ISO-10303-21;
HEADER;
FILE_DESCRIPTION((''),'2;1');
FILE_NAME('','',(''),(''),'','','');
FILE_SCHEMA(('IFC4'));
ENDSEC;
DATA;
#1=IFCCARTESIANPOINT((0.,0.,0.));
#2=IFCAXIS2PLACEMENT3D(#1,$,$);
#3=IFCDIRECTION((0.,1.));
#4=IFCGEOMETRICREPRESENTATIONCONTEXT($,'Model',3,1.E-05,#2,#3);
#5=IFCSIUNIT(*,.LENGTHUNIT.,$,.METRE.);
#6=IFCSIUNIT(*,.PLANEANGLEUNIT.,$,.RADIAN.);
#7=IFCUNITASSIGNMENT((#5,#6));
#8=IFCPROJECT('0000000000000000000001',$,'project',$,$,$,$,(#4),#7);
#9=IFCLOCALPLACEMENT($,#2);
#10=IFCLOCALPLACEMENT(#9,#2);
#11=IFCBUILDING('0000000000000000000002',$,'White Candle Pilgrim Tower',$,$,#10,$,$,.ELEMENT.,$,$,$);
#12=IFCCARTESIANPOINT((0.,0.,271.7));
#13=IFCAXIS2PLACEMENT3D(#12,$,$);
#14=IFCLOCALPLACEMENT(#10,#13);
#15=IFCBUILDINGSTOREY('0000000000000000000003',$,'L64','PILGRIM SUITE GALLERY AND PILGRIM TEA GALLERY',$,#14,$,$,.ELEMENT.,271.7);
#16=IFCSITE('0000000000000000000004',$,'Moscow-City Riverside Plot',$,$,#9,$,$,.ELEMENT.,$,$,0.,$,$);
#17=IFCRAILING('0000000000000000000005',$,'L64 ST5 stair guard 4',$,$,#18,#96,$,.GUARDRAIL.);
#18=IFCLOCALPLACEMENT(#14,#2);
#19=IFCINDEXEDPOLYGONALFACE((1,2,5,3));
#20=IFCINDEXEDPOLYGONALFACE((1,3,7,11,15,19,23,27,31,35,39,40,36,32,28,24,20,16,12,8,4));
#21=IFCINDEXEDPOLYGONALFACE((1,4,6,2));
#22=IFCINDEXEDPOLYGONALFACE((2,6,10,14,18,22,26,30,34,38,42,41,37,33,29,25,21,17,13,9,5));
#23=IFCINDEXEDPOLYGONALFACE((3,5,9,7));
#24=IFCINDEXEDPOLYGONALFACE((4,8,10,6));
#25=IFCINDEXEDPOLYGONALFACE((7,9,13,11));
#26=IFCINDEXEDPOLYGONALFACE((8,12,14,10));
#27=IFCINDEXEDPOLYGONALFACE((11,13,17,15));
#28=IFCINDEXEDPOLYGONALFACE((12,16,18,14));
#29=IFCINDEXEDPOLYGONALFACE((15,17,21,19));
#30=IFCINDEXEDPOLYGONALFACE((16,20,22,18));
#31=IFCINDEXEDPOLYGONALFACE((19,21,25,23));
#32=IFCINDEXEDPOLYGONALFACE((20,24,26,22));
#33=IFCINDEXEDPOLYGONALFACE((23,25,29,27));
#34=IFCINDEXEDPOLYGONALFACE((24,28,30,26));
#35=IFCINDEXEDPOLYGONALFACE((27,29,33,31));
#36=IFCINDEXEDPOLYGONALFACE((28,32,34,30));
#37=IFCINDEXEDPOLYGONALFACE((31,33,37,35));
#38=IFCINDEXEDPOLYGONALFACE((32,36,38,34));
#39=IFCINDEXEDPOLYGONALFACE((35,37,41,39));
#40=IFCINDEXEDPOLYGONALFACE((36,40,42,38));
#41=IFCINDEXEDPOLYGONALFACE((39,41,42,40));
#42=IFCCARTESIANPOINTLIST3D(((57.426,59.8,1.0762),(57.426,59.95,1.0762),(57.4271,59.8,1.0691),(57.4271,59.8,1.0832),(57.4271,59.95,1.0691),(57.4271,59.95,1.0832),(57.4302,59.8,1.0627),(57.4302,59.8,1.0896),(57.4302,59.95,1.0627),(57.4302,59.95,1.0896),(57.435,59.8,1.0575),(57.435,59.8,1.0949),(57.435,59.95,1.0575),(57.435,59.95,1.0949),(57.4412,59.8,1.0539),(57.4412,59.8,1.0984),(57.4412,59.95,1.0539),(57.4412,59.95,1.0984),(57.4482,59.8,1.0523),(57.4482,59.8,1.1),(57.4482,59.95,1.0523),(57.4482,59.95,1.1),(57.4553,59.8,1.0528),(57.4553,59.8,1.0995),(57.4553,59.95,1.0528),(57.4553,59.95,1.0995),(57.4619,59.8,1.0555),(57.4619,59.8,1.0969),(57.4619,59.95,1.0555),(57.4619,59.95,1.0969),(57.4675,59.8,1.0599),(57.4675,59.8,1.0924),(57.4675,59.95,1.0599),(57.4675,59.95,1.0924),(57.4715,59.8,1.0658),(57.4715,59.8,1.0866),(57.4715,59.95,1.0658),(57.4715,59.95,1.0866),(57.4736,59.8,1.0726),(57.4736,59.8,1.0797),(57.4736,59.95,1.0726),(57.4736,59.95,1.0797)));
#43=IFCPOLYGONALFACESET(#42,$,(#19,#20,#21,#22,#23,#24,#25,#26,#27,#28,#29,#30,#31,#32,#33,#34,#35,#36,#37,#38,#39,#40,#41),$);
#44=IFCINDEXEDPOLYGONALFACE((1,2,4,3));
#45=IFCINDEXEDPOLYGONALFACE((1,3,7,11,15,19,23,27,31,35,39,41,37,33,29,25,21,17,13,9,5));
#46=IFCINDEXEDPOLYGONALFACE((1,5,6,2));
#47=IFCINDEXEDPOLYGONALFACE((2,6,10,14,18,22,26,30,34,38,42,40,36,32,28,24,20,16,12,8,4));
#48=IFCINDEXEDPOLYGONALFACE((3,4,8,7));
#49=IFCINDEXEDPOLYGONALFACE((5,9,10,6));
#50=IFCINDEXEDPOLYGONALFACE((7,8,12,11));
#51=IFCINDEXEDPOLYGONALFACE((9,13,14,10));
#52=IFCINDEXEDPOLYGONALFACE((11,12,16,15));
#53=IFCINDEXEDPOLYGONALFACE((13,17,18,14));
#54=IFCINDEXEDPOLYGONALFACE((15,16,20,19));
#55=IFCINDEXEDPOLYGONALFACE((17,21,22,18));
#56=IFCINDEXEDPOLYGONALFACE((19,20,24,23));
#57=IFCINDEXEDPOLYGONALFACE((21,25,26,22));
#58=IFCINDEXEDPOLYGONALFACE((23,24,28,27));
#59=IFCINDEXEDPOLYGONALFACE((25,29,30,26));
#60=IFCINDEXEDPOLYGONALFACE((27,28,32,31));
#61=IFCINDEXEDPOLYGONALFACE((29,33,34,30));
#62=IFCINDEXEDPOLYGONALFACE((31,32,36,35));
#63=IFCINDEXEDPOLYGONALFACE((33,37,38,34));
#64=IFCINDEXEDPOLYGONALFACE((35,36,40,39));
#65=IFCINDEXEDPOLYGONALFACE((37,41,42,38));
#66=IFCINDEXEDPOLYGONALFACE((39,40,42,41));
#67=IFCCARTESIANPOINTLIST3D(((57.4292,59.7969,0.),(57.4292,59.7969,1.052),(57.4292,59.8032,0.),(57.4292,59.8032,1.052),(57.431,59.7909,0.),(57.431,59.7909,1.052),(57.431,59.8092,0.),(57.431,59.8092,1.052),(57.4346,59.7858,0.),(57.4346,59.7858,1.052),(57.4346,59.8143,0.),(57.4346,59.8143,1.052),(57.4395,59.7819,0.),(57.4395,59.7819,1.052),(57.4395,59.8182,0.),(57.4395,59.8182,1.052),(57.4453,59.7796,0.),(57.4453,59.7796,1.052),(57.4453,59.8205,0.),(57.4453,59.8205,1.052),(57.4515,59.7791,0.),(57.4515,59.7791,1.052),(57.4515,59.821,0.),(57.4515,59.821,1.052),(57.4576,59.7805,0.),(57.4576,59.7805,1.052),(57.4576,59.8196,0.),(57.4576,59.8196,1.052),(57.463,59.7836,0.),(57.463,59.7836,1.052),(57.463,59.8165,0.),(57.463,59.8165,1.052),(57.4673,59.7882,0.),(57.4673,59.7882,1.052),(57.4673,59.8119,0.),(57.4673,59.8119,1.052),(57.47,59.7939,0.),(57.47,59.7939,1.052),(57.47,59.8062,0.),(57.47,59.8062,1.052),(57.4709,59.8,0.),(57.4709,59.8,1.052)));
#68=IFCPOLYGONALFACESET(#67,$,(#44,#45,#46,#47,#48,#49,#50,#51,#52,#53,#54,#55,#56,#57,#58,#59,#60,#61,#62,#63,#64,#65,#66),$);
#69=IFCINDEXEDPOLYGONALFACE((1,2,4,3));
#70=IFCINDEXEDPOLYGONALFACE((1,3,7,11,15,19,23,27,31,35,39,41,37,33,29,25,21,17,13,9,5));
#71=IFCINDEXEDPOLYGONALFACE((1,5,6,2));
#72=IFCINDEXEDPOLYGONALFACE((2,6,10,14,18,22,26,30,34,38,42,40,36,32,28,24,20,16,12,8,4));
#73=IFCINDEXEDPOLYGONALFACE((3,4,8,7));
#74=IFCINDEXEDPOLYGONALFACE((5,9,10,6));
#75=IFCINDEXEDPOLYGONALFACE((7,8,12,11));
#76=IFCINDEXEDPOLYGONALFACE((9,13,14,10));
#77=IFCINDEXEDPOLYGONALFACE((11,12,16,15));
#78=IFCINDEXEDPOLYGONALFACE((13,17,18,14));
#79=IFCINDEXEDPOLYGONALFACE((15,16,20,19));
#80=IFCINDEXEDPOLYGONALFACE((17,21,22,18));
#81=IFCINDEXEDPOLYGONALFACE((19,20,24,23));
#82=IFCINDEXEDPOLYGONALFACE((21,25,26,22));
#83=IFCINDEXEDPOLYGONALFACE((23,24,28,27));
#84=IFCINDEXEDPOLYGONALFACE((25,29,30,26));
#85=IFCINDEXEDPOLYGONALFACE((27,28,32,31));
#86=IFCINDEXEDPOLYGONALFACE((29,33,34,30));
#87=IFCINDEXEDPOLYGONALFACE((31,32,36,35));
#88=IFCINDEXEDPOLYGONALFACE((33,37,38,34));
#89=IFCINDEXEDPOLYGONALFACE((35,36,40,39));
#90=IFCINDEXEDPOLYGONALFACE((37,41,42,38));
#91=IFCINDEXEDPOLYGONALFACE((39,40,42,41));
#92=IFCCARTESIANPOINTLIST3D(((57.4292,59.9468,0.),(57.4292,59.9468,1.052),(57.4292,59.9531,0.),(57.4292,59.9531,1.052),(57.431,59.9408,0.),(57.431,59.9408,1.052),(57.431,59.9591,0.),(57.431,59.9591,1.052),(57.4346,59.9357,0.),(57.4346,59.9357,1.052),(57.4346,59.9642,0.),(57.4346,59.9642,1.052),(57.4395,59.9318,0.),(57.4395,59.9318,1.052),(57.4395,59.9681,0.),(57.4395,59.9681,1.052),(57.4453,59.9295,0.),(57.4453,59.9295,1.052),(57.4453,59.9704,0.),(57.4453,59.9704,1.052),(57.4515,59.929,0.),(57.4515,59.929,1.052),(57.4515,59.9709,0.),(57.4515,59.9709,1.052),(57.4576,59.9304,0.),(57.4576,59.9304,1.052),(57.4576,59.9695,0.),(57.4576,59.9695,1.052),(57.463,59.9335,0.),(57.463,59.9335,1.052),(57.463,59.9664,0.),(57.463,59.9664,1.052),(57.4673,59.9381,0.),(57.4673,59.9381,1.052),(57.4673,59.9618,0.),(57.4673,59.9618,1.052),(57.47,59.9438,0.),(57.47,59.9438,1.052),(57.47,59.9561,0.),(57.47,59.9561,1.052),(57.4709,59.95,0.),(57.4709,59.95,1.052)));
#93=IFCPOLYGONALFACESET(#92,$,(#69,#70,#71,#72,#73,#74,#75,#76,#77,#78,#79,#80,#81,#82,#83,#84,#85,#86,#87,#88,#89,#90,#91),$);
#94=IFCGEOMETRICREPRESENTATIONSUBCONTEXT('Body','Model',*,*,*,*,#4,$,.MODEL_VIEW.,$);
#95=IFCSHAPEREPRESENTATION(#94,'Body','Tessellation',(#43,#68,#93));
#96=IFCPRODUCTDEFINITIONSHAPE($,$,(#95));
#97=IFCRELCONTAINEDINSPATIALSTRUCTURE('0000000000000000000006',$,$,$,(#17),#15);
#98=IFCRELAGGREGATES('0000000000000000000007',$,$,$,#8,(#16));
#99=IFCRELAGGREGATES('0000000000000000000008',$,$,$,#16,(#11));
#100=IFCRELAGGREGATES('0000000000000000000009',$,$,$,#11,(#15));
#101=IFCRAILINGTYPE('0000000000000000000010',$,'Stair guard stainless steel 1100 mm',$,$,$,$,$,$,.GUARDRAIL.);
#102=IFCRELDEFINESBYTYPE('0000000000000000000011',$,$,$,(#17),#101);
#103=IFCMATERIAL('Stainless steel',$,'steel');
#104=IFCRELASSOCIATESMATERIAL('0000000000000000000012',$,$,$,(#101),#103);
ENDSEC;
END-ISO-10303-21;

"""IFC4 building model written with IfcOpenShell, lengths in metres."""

from ifc_helpers import new_model, si_unit, direction, frame, origin, origin_2d, place, context, subcontext, project, spatial, circle, extrude, material, type_object, element, save


model = new_model("IFC4")

# Units and contexts
model_context = context("Model", 3, precision=1e-05, world=origin(), true_north=direction((0.0, 1.0)))
body_context = subcontext(model_context, "Body", "Model", "MODEL_VIEW")
ifc_project = project(units=[si_unit("LENGTHUNIT", "METRE"), si_unit("PLANEANGLEUNIT", "RADIAN")], contexts=[model_context])

# Site, building, storey
site_placement = place(None, origin())
site = spatial("IfcSite", under=ifc_project, at=site_placement, Name="Moscow-City Riverside Plot", CompositionType="ELEMENT", RefElevation=0.0)
building_placement = place(site_placement, origin())
building = spatial("IfcBuilding", under=site, at=building_placement, Name="White Candle Pilgrim Tower", CompositionType="ELEMENT")
storey_placement = place(building_placement, frame((0.0, 0.0, 271.7)))
storey = spatial("IfcBuildingStorey", under=building, at=storey_placement, Name="L64", Description="PILGRIM SUITE GALLERY AND PILGRIM TEA GALLERY", CompositionType="ELEMENT", Elevation=271.7)

# Railing
ifc_material_1 = material(Name="Stainless steel", Category="steel")
railing_type_1 = type_object("IfcRailingType", Name="Stair guard stainless steel 1100 mm", PredefinedType="GUARDRAIL", material=ifc_material_1)
railing_1_placement = place(storey_placement, frame((57.45, 59.8, 0.0)))
element("IfcRailing", 1, at=railing_1_placement, inside=storey, type_object=railing_type_1, Name="L64 ST5 stair guard 4", PredefinedType="GUARDRAIL", context=body_context, shape_type="SweptSolid", body=[
    extrude(circle(Radius=0.0239, at=origin_2d()), frame((0.0, 0.0, 1.0762), z_axis=(0.0, 1.0, 0.0), x_axis=(-1.0, 0.0, 0.0)), (0.0, 0.0, 1.0), 0.1499),
    extrude(circle(Radius=0.021, at=origin_2d()), origin(), (0.0, 0.0, 1.0), 1.052),
    extrude(circle(Radius=0.021, at=origin_2d()), frame((0.0, 0.1499, 0.0)), (0.0, 0.0, 1.0), 1.052),
])

save(model, "model.ifc")
